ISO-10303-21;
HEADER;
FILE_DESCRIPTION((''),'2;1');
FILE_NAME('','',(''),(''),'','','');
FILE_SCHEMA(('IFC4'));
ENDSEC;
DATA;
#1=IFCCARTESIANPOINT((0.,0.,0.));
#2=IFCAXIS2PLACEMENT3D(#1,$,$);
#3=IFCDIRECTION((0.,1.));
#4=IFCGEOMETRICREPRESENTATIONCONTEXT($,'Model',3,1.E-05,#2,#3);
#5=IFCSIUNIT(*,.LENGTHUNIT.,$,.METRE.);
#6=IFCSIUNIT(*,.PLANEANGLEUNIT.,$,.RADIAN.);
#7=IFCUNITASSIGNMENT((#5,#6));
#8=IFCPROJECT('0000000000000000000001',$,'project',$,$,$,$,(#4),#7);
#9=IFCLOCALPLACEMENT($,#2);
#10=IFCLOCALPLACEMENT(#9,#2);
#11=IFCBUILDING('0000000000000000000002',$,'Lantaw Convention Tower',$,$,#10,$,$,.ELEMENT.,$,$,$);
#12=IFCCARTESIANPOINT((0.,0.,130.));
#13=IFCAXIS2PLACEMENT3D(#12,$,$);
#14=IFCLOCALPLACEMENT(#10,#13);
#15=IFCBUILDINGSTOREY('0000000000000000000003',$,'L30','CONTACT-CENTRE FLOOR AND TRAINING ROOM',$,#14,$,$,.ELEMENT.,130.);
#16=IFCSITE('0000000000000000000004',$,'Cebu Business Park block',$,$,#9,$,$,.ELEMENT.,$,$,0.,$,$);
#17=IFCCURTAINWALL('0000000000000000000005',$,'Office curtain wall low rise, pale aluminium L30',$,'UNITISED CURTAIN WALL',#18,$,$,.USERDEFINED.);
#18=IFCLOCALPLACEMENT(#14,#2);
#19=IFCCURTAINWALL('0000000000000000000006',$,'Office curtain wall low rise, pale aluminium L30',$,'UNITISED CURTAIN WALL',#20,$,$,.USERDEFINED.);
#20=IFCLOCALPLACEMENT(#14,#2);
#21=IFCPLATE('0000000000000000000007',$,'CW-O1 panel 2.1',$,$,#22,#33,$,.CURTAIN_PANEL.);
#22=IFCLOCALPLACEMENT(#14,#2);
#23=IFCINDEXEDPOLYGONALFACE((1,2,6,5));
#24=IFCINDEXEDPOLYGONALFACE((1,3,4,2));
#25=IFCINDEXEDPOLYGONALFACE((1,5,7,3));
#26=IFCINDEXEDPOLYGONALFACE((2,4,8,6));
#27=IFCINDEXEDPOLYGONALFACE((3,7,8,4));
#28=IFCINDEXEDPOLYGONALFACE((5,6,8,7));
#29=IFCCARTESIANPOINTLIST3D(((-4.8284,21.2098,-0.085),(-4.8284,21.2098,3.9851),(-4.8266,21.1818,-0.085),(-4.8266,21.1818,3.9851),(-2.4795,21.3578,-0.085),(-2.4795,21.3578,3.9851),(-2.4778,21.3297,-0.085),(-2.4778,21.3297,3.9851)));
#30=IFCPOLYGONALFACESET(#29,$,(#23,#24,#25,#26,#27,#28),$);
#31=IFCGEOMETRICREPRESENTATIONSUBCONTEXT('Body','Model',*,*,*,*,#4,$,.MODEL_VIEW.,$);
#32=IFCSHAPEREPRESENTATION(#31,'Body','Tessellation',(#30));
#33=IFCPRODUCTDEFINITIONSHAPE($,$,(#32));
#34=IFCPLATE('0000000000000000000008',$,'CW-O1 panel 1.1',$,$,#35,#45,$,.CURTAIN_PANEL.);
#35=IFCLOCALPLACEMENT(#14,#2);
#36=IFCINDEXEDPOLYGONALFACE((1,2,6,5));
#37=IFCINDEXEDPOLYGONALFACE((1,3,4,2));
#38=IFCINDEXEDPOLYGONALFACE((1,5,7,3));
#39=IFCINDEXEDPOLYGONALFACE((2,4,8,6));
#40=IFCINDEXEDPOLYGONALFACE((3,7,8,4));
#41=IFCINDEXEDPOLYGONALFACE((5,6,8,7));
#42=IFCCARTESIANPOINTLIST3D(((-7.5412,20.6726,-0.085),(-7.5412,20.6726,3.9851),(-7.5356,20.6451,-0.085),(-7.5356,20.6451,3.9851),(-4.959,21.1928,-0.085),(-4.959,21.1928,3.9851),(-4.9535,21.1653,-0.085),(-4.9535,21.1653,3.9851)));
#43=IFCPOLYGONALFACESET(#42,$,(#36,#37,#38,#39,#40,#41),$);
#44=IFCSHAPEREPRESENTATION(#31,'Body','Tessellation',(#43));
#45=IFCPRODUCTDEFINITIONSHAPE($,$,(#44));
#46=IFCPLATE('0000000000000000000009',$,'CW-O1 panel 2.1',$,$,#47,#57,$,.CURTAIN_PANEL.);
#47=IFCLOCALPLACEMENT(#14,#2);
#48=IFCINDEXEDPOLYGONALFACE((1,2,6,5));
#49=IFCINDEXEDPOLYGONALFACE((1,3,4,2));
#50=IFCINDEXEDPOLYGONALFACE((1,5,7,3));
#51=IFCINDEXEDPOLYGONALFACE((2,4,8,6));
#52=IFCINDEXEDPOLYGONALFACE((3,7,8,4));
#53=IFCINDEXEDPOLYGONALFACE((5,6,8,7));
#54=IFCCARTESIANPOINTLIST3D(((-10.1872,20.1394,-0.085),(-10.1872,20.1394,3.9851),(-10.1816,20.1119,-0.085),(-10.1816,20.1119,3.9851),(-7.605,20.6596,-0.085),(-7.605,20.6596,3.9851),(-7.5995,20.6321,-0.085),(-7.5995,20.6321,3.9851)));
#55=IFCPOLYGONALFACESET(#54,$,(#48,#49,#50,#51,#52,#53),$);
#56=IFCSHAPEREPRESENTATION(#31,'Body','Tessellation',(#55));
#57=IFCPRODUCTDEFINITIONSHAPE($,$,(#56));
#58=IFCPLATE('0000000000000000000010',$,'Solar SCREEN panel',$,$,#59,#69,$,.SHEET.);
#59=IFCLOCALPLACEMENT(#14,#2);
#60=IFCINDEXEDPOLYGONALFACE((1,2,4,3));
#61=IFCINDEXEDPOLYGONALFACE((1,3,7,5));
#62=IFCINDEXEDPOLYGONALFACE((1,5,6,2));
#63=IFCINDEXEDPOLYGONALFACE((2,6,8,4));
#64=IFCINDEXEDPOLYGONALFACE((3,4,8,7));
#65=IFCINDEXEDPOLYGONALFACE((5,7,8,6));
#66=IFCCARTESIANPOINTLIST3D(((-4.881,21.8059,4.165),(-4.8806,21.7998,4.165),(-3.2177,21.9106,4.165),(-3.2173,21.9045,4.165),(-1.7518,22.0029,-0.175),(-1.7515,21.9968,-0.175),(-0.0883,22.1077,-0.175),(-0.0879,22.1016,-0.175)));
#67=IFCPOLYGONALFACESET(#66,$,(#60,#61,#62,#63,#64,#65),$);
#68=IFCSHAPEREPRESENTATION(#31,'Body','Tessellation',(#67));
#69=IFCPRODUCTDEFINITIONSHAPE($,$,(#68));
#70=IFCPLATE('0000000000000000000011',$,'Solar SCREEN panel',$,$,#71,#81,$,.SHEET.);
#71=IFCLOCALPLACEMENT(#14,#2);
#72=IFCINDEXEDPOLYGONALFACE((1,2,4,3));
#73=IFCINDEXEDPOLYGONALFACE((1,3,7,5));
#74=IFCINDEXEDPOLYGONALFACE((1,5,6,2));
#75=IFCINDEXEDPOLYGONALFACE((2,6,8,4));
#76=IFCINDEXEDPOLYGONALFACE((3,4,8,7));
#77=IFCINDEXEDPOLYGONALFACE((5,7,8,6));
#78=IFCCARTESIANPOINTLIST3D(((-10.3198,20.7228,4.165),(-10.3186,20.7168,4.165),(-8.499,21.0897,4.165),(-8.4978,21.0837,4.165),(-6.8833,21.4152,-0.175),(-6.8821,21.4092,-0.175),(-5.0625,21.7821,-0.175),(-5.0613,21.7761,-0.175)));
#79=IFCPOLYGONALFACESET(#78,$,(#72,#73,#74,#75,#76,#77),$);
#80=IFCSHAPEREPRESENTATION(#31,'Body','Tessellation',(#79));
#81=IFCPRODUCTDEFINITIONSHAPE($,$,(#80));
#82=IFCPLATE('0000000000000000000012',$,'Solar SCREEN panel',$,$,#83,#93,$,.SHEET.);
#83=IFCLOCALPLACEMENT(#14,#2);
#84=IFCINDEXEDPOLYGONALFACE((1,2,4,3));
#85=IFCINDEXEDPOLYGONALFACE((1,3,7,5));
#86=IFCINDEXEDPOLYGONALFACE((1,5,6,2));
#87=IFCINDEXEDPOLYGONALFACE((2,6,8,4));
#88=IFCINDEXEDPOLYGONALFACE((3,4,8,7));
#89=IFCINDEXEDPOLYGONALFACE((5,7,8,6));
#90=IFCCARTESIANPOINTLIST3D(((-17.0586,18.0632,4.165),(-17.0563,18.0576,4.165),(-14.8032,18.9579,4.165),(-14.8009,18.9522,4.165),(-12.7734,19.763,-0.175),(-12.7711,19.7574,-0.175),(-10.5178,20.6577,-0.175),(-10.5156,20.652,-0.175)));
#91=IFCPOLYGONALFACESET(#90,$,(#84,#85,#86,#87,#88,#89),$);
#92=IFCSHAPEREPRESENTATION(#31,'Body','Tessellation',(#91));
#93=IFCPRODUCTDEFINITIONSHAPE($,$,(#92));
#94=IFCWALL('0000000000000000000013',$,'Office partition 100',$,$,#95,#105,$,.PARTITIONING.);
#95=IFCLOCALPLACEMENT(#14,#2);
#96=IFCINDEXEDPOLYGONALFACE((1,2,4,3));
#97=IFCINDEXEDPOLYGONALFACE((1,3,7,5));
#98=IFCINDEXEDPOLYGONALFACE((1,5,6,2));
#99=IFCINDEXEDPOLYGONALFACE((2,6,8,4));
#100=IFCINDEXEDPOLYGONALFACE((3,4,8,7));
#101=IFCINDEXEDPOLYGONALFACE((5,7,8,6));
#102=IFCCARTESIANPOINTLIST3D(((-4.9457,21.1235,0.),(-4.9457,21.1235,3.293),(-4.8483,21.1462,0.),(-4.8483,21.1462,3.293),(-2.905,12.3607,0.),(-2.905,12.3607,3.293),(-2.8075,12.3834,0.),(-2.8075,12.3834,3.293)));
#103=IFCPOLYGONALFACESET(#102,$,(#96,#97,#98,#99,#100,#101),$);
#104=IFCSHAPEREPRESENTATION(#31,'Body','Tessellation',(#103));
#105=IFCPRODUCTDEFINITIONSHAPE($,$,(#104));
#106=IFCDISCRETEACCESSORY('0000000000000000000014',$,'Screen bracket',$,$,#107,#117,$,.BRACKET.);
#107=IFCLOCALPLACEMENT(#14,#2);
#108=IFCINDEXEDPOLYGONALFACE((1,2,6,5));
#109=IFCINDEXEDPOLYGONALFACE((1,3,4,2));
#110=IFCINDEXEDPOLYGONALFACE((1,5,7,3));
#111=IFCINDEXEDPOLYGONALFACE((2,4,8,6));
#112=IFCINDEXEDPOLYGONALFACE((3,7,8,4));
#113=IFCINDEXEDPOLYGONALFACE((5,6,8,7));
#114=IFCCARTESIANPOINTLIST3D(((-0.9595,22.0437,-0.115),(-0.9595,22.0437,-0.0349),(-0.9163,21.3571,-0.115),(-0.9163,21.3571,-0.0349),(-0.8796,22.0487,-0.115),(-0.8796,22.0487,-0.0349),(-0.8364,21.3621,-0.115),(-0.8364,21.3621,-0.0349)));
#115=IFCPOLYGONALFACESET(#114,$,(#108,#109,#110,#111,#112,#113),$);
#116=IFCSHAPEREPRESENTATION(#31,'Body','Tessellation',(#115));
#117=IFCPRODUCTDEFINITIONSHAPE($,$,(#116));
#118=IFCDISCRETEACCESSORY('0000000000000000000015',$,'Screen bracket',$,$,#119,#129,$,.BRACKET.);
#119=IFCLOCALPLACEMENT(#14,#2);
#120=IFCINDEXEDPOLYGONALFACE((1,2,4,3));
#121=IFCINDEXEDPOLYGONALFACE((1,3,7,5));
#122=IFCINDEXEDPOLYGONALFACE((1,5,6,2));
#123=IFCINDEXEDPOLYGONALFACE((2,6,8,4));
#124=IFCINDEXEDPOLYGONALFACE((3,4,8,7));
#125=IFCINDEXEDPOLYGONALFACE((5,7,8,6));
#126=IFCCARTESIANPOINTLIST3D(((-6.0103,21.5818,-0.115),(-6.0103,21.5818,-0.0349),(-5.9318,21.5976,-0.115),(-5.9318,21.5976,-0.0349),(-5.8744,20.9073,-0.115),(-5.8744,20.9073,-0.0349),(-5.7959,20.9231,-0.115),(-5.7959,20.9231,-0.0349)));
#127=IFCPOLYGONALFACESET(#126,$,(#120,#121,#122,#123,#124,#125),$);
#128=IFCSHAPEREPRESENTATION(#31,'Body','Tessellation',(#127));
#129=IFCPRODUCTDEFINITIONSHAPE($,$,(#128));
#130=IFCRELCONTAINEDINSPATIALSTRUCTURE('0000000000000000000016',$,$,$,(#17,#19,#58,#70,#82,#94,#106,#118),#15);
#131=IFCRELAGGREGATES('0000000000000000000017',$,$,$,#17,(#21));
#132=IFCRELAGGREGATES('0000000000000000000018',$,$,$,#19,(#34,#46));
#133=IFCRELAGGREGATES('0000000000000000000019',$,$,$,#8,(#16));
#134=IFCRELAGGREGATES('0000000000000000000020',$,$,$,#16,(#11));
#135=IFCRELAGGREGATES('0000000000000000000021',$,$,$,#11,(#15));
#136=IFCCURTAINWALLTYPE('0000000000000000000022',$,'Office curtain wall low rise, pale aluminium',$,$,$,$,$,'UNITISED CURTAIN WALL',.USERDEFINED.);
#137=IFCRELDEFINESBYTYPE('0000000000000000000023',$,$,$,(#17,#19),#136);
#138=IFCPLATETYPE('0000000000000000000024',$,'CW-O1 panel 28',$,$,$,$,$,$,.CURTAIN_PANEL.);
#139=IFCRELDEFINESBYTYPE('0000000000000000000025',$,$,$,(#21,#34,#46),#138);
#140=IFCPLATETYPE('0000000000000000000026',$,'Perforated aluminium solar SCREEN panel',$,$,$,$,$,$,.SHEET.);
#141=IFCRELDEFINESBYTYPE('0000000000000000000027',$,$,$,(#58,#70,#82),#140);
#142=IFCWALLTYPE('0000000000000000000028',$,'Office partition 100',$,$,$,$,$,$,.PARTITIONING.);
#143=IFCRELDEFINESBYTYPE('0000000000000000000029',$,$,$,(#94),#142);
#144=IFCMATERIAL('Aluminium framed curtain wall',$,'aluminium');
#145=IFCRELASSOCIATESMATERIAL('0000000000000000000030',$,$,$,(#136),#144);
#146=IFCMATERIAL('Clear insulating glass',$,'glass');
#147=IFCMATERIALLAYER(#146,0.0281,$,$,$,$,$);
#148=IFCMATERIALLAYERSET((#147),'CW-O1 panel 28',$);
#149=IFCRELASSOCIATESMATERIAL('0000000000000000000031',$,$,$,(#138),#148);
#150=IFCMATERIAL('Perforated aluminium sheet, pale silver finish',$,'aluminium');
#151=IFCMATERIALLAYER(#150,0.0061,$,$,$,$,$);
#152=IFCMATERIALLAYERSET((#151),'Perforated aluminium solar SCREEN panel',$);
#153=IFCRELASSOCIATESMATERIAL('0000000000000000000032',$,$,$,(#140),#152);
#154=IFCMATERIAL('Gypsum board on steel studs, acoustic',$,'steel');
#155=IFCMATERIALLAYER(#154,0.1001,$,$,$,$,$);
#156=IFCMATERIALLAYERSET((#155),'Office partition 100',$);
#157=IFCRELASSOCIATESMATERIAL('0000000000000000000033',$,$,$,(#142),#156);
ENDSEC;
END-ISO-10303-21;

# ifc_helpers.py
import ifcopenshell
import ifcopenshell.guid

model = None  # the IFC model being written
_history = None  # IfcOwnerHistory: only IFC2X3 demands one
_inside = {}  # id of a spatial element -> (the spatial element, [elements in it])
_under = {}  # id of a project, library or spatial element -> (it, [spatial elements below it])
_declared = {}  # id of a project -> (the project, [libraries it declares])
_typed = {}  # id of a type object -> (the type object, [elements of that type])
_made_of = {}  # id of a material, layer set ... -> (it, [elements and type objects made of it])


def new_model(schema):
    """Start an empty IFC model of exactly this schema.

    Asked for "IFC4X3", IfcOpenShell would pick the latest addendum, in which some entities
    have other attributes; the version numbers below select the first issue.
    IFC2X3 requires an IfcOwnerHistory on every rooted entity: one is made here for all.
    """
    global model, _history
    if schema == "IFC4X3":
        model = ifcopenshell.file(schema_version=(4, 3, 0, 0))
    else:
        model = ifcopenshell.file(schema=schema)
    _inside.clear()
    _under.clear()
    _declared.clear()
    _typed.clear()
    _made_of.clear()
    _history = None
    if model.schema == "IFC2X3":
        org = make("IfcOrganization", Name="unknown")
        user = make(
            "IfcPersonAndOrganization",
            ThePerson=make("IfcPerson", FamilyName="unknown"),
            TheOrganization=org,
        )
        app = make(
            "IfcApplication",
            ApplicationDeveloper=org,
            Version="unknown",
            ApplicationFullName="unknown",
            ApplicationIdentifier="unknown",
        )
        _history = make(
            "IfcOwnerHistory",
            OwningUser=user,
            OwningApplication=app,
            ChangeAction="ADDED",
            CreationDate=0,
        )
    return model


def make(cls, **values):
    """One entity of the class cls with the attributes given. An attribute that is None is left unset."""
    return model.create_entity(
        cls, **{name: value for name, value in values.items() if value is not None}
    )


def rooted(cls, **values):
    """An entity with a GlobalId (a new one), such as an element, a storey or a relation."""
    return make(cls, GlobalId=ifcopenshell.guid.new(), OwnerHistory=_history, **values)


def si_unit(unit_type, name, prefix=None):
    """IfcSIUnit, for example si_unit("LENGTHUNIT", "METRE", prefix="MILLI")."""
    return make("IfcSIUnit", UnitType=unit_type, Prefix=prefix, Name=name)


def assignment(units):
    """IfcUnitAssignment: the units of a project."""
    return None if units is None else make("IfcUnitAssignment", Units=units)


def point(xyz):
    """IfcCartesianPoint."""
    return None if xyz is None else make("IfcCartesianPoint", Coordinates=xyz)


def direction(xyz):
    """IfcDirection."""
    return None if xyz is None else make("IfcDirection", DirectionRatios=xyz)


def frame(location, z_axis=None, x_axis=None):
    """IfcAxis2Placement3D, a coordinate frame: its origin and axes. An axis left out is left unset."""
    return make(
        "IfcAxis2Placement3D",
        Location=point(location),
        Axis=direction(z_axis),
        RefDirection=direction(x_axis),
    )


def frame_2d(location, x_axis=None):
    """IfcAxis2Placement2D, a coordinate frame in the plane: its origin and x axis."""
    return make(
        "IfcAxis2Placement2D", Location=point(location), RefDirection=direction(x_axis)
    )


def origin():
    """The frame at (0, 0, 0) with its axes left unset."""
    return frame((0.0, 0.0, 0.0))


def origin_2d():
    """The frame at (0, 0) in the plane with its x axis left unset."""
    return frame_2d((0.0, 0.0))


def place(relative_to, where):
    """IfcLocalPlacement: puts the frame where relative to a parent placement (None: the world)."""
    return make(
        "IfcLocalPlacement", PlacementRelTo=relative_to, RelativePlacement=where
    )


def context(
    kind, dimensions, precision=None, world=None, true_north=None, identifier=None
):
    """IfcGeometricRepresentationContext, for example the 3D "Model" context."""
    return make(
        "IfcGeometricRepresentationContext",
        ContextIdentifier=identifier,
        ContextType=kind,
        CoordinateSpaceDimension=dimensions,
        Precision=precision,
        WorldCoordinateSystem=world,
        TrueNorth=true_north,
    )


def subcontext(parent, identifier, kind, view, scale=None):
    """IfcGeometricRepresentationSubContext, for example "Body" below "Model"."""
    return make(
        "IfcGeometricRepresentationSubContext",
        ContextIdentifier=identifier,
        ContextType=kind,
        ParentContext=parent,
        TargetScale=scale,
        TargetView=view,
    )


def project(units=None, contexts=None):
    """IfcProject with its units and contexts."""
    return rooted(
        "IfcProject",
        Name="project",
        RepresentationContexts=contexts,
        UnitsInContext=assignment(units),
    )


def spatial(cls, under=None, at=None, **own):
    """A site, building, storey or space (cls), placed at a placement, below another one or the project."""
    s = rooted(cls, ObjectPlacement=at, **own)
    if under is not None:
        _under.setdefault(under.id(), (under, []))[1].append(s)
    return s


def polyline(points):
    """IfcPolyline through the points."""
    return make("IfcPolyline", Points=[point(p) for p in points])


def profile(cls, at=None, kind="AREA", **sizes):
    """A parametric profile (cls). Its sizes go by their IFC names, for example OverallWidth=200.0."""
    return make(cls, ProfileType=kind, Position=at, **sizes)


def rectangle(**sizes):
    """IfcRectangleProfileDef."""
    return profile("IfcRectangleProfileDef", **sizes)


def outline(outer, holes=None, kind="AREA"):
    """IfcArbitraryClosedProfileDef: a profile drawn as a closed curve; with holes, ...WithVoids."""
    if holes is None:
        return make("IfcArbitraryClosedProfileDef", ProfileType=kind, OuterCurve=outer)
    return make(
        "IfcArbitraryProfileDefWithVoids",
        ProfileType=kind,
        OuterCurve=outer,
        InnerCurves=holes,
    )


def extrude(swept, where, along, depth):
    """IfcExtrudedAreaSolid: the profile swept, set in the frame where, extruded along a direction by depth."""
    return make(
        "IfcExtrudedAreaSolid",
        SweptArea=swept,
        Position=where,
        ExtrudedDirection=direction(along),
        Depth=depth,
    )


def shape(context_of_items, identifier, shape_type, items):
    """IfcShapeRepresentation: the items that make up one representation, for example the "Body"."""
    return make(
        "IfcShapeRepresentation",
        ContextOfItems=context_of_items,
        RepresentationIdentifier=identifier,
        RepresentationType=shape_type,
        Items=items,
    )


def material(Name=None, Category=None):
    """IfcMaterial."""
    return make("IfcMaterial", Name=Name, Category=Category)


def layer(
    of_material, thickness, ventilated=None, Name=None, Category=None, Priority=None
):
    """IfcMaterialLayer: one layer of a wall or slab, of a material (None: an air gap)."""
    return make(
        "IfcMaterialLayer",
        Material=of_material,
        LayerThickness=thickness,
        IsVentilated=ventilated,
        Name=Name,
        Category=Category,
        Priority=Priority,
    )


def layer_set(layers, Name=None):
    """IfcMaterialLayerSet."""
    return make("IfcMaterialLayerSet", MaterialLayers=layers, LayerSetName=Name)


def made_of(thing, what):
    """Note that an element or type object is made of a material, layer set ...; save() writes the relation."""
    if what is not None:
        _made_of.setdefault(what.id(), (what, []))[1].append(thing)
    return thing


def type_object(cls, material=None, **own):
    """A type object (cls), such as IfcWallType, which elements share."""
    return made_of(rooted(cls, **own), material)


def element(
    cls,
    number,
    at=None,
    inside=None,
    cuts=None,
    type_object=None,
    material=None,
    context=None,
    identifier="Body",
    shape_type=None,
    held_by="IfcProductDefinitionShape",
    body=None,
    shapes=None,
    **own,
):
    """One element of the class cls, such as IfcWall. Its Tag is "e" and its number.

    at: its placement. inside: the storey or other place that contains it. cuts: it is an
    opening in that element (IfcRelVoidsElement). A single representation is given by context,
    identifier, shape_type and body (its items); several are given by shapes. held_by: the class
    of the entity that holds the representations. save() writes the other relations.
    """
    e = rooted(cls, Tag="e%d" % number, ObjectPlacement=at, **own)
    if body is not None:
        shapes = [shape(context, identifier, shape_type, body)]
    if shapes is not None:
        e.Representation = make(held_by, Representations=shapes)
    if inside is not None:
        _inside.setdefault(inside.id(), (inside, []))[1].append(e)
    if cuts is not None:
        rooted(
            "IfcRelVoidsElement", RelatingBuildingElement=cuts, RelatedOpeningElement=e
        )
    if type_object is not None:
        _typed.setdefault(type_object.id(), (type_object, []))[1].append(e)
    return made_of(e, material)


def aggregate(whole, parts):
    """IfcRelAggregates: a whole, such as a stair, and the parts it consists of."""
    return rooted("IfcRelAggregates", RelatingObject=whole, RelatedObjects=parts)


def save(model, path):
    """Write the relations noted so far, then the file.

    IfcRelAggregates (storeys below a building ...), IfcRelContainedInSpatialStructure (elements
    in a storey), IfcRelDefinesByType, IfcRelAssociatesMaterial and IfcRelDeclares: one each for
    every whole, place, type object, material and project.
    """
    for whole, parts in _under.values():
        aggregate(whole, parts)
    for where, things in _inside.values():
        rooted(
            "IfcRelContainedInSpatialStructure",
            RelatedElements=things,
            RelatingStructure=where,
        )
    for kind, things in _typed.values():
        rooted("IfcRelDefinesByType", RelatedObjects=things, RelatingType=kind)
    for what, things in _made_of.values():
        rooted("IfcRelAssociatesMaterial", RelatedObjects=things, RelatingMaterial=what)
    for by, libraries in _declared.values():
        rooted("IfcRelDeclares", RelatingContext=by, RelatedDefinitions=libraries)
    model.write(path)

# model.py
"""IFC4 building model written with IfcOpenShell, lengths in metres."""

from ifc_helpers import new_model, si_unit, direction, frame, frame_2d, origin, origin_2d, place, context, subcontext, project, spatial, polyline, rectangle, outline, extrude, material, layer, layer_set, type_object, element, aggregate, save


model = new_model("IFC4")

# Units and contexts
model_context = context("Model", 3, precision=1e-05, world=origin(), true_north=direction((0.0, 1.0)))
body_context = subcontext(model_context, "Body", "Model", "MODEL_VIEW")
ifc_project = project(units=[si_unit("LENGTHUNIT", "METRE"), si_unit("PLANEANGLEUNIT", "RADIAN")], contexts=[model_context])

# Site, building, storey
site_placement = place(None, origin())
site = spatial("IfcSite", under=ifc_project, at=site_placement, Name="Cebu Business Park block", CompositionType="ELEMENT", RefElevation=0.0)
building_placement = place(site_placement, origin())
building = spatial("IfcBuilding", under=site, at=building_placement, Name="Lantaw Convention Tower", CompositionType="ELEMENT")
storey_placement = place(building_placement, frame((0.0, 0.0, 130.0)))
storey = spatial("IfcBuildingStorey", under=building, at=storey_placement, Name="L30", Description="CONTACT-CENTRE FLOOR AND TRAINING ROOM", CompositionType="ELEMENT", Elevation=130.0)

# Curtain walls
ifc_material_1 = material(Name="Aluminium framed curtain wall", Category="aluminium")
curtain_wall_type = type_object("IfcCurtainWallType", Name="Office curtain wall low rise, pale aluminium", ElementType="UNITISED CURTAIN WALL", PredefinedType="USERDEFINED", material=ifc_material_1)
curtain_wall_1_placement = place(storey_placement, origin())
curtain_wall_1 = element("IfcCurtainWall", 1, at=curtain_wall_1_placement, inside=storey, type_object=curtain_wall_type, Name="Office curtain wall low rise, pale aluminium L30", ObjectType="UNITISED CURTAIN WALL", PredefinedType="USERDEFINED")
curtain_wall_2_placement = place(storey_placement, origin())
curtain_wall_2 = element("IfcCurtainWall", 2, at=curtain_wall_2_placement, inside=storey, type_object=curtain_wall_type, Name="Office curtain wall low rise, pale aluminium L30", ObjectType="UNITISED CURTAIN WALL", PredefinedType="USERDEFINED")

# Plates
ifc_material_2 = material(Name="Clear insulating glass", Category="glass")
ifc_layer_1 = layer(ifc_material_2, 0.0281)
ifc_layer_set_1 = layer_set([ifc_layer_1], Name="CW-O1 panel 28")
plate_type_1 = type_object("IfcPlateType", Name="CW-O1 panel 28", PredefinedType="CURTAIN_PANEL", material=ifc_layer_set_1)
plate_1_placement = place(storey_placement, frame((-3.6531, 21.2698, -0.085), z_axis=(0.0, 0.0, 1.0), x_axis=(-0.998022, -0.062865, 0.0)))
plate_1 = element("IfcPlate", 3, at=plate_1_placement, type_object=plate_type_1, Name="CW-O1 panel 2.1", PredefinedType="CURTAIN_PANEL", context=body_context, shape_type="SweptSolid", body=[
    extrude(rectangle(XDim=2.3535, YDim=0.0281, at=origin_2d()), origin(), (0.0, 0.0, 1.0), 4.0701),
])
aggregate(curtain_wall_1, [plate_1])
plate_2_placement = place(storey_placement, frame((-6.2473, 20.9189, -0.085), z_axis=(0.0, 0.0, 1.0), x_axis=(-0.980302, -0.197507, 0.0)))
plate_2 = element("IfcPlate", 4, at=plate_2_placement, type_object=plate_type_1, Name="CW-O1 panel 1.1", PredefinedType="CURTAIN_PANEL", context=body_context, shape_type="SweptSolid", body=[
    extrude(rectangle(XDim=2.634, YDim=0.0281, at=origin_2d()), origin(), (0.0, 0.0, 1.0), 4.0701),
])
plate_3_placement = place(storey_placement, frame((-8.8933, 20.3857, -0.085), z_axis=(0.0, 0.0, 1.0), x_axis=(-0.980302, -0.197507, 0.0)))
plate_3 = element("IfcPlate", 5, at=plate_3_placement, type_object=plate_type_1, Name="CW-O1 panel 2.1", PredefinedType="CURTAIN_PANEL", context=body_context, shape_type="SweptSolid", body=[
    extrude(rectangle(XDim=2.634, YDim=0.0281, at=origin_2d()), origin(), (0.0, 0.0, 1.0), 4.0701),
])
aggregate(curtain_wall_2, [plate_2, plate_3])

# Plates
ifc_material_3 = material(Name="Perforated aluminium sheet, pale silver finish", Category="aluminium")
ifc_layer_2 = layer(ifc_material_3, 0.0061)
ifc_layer_set_2 = layer_set([ifc_layer_2], Name="Perforated aluminium solar SCREEN panel")
plate_type_2 = type_object("IfcPlateType", Name="Perforated aluminium solar SCREEN panel", PredefinedType="SHEET", material=ifc_layer_set_2)
plate_4_placement = place(storey_placement, frame((-0.0879, 22.1016, -0.175), z_axis=(0.062839, -0.998024, 0.000002), x_axis=(-0.998024, -0.062839, 0.0)))
element("IfcPlate", 6, at=plate_4_placement, inside=storey, type_object=plate_type_2, Name="Solar SCREEN panel", PredefinedType="SHEET", context=body_context, shape_type="SweptSolid", body=[
    extrude(outline(polyline([(0.0, 0.0), (1.6669, 0.0), (4.8022, -4.3401), (3.1356, -4.3401), (0.0, 0.0)])), origin(), (0.0, 0.0, -1.0), 0.0061),
])
plate_5_placement = place(storey_placement, frame((-5.0613, 21.7761, -0.175), z_axis=(0.197557, -0.980291, 0.000039), x_axis=(-0.980291, -0.197557, 0.0)))
element("IfcPlate", 7, at=plate_5_placement, inside=storey, type_object=plate_type_2, Name="Solar SCREEN panel", PredefinedType="SHEET", context=body_context, shape_type="SweptSolid", body=[
    extrude(outline(polyline([(0.0, 0.0), (1.8574, 0.0), (5.363, -4.3401), (3.5056, -4.3401), (0.0, 0.0)])), origin(), (0.0, 0.0, -1.0), 0.0061),
])
plate_6_placement = place(storey_placement, frame((-10.5178, 20.6577, -0.175), z_axis=(-0.368709, 0.929545, 0.000011), x_axis=(-0.929545, -0.368709, 0.0)))
element("IfcPlate", 8, at=plate_6_placement, inside=storey, type_object=plate_type_2, Name="Solar SCREEN panel", PredefinedType="SHEET", context=body_context, shape_type="SweptSolid", body=[
    extrude(outline(polyline([(0.0, 0.0), (2.4265, 0.0), (7.0365, 4.3401), (4.6102, 4.3401), (0.0, 0.0)])), origin(), (0.0, 0.0, -1.0), 0.0061),
])

# Wall
ifc_material_4 = material(Name="Gypsum board on steel studs, acoustic", Category="steel")
ifc_layer_3 = layer(ifc_material_4, 0.1001)
ifc_layer_set_3 = layer_set([ifc_layer_3], Name="Office partition 100")
wall_type = type_object("IfcWallType", Name="Office partition 100", PredefinedType="PARTITIONING", material=ifc_layer_set_3)
wall_placement = place(storey_placement, frame((-4.897, 21.1348, 0.0), z_axis=(0.0, 0.0, 1.0), x_axis=(0.226817, -0.973937, 0.0)))
element("IfcWall", 9, at=wall_placement, inside=storey, type_object=wall_type, Name="Office partition 100", PredefinedType="PARTITIONING", context=body_context, shape_type="SweptSolid", body=[
    extrude(rectangle(XDim=8.9973, YDim=0.1001, at=frame_2d((4.4985, 0.0))), origin(), (0.0, 0.0, 1.0), 3.293),
])

# Discrete accessories
for number, where, z_axis, x_axis, name in (
    (10, (-0.8979, 21.7029, -0.115), (0.0, 0.0, 1.0), (-0.998022, -0.062865, 0.0), "Screen bracket"),
    (11, (-5.9031, 21.2524, -0.115), (0.0, 0.0, 1.0), (-0.980302, -0.197507, 0.0), "Screen bracket"),
):
    element("IfcDiscreteAccessory", number, at=place(storey_placement, frame(where, z_axis=z_axis, x_axis=x_axis)), inside=storey, Name=name, PredefinedType="BRACKET", context=body_context, shape_type="SweptSolid", body=[
        extrude(rectangle(XDim=0.0801, YDim=0.688, at=origin_2d()), origin(), (0.0, 0.0, 1.0), 0.0801),
    ])

save(model, "model.ifc")
